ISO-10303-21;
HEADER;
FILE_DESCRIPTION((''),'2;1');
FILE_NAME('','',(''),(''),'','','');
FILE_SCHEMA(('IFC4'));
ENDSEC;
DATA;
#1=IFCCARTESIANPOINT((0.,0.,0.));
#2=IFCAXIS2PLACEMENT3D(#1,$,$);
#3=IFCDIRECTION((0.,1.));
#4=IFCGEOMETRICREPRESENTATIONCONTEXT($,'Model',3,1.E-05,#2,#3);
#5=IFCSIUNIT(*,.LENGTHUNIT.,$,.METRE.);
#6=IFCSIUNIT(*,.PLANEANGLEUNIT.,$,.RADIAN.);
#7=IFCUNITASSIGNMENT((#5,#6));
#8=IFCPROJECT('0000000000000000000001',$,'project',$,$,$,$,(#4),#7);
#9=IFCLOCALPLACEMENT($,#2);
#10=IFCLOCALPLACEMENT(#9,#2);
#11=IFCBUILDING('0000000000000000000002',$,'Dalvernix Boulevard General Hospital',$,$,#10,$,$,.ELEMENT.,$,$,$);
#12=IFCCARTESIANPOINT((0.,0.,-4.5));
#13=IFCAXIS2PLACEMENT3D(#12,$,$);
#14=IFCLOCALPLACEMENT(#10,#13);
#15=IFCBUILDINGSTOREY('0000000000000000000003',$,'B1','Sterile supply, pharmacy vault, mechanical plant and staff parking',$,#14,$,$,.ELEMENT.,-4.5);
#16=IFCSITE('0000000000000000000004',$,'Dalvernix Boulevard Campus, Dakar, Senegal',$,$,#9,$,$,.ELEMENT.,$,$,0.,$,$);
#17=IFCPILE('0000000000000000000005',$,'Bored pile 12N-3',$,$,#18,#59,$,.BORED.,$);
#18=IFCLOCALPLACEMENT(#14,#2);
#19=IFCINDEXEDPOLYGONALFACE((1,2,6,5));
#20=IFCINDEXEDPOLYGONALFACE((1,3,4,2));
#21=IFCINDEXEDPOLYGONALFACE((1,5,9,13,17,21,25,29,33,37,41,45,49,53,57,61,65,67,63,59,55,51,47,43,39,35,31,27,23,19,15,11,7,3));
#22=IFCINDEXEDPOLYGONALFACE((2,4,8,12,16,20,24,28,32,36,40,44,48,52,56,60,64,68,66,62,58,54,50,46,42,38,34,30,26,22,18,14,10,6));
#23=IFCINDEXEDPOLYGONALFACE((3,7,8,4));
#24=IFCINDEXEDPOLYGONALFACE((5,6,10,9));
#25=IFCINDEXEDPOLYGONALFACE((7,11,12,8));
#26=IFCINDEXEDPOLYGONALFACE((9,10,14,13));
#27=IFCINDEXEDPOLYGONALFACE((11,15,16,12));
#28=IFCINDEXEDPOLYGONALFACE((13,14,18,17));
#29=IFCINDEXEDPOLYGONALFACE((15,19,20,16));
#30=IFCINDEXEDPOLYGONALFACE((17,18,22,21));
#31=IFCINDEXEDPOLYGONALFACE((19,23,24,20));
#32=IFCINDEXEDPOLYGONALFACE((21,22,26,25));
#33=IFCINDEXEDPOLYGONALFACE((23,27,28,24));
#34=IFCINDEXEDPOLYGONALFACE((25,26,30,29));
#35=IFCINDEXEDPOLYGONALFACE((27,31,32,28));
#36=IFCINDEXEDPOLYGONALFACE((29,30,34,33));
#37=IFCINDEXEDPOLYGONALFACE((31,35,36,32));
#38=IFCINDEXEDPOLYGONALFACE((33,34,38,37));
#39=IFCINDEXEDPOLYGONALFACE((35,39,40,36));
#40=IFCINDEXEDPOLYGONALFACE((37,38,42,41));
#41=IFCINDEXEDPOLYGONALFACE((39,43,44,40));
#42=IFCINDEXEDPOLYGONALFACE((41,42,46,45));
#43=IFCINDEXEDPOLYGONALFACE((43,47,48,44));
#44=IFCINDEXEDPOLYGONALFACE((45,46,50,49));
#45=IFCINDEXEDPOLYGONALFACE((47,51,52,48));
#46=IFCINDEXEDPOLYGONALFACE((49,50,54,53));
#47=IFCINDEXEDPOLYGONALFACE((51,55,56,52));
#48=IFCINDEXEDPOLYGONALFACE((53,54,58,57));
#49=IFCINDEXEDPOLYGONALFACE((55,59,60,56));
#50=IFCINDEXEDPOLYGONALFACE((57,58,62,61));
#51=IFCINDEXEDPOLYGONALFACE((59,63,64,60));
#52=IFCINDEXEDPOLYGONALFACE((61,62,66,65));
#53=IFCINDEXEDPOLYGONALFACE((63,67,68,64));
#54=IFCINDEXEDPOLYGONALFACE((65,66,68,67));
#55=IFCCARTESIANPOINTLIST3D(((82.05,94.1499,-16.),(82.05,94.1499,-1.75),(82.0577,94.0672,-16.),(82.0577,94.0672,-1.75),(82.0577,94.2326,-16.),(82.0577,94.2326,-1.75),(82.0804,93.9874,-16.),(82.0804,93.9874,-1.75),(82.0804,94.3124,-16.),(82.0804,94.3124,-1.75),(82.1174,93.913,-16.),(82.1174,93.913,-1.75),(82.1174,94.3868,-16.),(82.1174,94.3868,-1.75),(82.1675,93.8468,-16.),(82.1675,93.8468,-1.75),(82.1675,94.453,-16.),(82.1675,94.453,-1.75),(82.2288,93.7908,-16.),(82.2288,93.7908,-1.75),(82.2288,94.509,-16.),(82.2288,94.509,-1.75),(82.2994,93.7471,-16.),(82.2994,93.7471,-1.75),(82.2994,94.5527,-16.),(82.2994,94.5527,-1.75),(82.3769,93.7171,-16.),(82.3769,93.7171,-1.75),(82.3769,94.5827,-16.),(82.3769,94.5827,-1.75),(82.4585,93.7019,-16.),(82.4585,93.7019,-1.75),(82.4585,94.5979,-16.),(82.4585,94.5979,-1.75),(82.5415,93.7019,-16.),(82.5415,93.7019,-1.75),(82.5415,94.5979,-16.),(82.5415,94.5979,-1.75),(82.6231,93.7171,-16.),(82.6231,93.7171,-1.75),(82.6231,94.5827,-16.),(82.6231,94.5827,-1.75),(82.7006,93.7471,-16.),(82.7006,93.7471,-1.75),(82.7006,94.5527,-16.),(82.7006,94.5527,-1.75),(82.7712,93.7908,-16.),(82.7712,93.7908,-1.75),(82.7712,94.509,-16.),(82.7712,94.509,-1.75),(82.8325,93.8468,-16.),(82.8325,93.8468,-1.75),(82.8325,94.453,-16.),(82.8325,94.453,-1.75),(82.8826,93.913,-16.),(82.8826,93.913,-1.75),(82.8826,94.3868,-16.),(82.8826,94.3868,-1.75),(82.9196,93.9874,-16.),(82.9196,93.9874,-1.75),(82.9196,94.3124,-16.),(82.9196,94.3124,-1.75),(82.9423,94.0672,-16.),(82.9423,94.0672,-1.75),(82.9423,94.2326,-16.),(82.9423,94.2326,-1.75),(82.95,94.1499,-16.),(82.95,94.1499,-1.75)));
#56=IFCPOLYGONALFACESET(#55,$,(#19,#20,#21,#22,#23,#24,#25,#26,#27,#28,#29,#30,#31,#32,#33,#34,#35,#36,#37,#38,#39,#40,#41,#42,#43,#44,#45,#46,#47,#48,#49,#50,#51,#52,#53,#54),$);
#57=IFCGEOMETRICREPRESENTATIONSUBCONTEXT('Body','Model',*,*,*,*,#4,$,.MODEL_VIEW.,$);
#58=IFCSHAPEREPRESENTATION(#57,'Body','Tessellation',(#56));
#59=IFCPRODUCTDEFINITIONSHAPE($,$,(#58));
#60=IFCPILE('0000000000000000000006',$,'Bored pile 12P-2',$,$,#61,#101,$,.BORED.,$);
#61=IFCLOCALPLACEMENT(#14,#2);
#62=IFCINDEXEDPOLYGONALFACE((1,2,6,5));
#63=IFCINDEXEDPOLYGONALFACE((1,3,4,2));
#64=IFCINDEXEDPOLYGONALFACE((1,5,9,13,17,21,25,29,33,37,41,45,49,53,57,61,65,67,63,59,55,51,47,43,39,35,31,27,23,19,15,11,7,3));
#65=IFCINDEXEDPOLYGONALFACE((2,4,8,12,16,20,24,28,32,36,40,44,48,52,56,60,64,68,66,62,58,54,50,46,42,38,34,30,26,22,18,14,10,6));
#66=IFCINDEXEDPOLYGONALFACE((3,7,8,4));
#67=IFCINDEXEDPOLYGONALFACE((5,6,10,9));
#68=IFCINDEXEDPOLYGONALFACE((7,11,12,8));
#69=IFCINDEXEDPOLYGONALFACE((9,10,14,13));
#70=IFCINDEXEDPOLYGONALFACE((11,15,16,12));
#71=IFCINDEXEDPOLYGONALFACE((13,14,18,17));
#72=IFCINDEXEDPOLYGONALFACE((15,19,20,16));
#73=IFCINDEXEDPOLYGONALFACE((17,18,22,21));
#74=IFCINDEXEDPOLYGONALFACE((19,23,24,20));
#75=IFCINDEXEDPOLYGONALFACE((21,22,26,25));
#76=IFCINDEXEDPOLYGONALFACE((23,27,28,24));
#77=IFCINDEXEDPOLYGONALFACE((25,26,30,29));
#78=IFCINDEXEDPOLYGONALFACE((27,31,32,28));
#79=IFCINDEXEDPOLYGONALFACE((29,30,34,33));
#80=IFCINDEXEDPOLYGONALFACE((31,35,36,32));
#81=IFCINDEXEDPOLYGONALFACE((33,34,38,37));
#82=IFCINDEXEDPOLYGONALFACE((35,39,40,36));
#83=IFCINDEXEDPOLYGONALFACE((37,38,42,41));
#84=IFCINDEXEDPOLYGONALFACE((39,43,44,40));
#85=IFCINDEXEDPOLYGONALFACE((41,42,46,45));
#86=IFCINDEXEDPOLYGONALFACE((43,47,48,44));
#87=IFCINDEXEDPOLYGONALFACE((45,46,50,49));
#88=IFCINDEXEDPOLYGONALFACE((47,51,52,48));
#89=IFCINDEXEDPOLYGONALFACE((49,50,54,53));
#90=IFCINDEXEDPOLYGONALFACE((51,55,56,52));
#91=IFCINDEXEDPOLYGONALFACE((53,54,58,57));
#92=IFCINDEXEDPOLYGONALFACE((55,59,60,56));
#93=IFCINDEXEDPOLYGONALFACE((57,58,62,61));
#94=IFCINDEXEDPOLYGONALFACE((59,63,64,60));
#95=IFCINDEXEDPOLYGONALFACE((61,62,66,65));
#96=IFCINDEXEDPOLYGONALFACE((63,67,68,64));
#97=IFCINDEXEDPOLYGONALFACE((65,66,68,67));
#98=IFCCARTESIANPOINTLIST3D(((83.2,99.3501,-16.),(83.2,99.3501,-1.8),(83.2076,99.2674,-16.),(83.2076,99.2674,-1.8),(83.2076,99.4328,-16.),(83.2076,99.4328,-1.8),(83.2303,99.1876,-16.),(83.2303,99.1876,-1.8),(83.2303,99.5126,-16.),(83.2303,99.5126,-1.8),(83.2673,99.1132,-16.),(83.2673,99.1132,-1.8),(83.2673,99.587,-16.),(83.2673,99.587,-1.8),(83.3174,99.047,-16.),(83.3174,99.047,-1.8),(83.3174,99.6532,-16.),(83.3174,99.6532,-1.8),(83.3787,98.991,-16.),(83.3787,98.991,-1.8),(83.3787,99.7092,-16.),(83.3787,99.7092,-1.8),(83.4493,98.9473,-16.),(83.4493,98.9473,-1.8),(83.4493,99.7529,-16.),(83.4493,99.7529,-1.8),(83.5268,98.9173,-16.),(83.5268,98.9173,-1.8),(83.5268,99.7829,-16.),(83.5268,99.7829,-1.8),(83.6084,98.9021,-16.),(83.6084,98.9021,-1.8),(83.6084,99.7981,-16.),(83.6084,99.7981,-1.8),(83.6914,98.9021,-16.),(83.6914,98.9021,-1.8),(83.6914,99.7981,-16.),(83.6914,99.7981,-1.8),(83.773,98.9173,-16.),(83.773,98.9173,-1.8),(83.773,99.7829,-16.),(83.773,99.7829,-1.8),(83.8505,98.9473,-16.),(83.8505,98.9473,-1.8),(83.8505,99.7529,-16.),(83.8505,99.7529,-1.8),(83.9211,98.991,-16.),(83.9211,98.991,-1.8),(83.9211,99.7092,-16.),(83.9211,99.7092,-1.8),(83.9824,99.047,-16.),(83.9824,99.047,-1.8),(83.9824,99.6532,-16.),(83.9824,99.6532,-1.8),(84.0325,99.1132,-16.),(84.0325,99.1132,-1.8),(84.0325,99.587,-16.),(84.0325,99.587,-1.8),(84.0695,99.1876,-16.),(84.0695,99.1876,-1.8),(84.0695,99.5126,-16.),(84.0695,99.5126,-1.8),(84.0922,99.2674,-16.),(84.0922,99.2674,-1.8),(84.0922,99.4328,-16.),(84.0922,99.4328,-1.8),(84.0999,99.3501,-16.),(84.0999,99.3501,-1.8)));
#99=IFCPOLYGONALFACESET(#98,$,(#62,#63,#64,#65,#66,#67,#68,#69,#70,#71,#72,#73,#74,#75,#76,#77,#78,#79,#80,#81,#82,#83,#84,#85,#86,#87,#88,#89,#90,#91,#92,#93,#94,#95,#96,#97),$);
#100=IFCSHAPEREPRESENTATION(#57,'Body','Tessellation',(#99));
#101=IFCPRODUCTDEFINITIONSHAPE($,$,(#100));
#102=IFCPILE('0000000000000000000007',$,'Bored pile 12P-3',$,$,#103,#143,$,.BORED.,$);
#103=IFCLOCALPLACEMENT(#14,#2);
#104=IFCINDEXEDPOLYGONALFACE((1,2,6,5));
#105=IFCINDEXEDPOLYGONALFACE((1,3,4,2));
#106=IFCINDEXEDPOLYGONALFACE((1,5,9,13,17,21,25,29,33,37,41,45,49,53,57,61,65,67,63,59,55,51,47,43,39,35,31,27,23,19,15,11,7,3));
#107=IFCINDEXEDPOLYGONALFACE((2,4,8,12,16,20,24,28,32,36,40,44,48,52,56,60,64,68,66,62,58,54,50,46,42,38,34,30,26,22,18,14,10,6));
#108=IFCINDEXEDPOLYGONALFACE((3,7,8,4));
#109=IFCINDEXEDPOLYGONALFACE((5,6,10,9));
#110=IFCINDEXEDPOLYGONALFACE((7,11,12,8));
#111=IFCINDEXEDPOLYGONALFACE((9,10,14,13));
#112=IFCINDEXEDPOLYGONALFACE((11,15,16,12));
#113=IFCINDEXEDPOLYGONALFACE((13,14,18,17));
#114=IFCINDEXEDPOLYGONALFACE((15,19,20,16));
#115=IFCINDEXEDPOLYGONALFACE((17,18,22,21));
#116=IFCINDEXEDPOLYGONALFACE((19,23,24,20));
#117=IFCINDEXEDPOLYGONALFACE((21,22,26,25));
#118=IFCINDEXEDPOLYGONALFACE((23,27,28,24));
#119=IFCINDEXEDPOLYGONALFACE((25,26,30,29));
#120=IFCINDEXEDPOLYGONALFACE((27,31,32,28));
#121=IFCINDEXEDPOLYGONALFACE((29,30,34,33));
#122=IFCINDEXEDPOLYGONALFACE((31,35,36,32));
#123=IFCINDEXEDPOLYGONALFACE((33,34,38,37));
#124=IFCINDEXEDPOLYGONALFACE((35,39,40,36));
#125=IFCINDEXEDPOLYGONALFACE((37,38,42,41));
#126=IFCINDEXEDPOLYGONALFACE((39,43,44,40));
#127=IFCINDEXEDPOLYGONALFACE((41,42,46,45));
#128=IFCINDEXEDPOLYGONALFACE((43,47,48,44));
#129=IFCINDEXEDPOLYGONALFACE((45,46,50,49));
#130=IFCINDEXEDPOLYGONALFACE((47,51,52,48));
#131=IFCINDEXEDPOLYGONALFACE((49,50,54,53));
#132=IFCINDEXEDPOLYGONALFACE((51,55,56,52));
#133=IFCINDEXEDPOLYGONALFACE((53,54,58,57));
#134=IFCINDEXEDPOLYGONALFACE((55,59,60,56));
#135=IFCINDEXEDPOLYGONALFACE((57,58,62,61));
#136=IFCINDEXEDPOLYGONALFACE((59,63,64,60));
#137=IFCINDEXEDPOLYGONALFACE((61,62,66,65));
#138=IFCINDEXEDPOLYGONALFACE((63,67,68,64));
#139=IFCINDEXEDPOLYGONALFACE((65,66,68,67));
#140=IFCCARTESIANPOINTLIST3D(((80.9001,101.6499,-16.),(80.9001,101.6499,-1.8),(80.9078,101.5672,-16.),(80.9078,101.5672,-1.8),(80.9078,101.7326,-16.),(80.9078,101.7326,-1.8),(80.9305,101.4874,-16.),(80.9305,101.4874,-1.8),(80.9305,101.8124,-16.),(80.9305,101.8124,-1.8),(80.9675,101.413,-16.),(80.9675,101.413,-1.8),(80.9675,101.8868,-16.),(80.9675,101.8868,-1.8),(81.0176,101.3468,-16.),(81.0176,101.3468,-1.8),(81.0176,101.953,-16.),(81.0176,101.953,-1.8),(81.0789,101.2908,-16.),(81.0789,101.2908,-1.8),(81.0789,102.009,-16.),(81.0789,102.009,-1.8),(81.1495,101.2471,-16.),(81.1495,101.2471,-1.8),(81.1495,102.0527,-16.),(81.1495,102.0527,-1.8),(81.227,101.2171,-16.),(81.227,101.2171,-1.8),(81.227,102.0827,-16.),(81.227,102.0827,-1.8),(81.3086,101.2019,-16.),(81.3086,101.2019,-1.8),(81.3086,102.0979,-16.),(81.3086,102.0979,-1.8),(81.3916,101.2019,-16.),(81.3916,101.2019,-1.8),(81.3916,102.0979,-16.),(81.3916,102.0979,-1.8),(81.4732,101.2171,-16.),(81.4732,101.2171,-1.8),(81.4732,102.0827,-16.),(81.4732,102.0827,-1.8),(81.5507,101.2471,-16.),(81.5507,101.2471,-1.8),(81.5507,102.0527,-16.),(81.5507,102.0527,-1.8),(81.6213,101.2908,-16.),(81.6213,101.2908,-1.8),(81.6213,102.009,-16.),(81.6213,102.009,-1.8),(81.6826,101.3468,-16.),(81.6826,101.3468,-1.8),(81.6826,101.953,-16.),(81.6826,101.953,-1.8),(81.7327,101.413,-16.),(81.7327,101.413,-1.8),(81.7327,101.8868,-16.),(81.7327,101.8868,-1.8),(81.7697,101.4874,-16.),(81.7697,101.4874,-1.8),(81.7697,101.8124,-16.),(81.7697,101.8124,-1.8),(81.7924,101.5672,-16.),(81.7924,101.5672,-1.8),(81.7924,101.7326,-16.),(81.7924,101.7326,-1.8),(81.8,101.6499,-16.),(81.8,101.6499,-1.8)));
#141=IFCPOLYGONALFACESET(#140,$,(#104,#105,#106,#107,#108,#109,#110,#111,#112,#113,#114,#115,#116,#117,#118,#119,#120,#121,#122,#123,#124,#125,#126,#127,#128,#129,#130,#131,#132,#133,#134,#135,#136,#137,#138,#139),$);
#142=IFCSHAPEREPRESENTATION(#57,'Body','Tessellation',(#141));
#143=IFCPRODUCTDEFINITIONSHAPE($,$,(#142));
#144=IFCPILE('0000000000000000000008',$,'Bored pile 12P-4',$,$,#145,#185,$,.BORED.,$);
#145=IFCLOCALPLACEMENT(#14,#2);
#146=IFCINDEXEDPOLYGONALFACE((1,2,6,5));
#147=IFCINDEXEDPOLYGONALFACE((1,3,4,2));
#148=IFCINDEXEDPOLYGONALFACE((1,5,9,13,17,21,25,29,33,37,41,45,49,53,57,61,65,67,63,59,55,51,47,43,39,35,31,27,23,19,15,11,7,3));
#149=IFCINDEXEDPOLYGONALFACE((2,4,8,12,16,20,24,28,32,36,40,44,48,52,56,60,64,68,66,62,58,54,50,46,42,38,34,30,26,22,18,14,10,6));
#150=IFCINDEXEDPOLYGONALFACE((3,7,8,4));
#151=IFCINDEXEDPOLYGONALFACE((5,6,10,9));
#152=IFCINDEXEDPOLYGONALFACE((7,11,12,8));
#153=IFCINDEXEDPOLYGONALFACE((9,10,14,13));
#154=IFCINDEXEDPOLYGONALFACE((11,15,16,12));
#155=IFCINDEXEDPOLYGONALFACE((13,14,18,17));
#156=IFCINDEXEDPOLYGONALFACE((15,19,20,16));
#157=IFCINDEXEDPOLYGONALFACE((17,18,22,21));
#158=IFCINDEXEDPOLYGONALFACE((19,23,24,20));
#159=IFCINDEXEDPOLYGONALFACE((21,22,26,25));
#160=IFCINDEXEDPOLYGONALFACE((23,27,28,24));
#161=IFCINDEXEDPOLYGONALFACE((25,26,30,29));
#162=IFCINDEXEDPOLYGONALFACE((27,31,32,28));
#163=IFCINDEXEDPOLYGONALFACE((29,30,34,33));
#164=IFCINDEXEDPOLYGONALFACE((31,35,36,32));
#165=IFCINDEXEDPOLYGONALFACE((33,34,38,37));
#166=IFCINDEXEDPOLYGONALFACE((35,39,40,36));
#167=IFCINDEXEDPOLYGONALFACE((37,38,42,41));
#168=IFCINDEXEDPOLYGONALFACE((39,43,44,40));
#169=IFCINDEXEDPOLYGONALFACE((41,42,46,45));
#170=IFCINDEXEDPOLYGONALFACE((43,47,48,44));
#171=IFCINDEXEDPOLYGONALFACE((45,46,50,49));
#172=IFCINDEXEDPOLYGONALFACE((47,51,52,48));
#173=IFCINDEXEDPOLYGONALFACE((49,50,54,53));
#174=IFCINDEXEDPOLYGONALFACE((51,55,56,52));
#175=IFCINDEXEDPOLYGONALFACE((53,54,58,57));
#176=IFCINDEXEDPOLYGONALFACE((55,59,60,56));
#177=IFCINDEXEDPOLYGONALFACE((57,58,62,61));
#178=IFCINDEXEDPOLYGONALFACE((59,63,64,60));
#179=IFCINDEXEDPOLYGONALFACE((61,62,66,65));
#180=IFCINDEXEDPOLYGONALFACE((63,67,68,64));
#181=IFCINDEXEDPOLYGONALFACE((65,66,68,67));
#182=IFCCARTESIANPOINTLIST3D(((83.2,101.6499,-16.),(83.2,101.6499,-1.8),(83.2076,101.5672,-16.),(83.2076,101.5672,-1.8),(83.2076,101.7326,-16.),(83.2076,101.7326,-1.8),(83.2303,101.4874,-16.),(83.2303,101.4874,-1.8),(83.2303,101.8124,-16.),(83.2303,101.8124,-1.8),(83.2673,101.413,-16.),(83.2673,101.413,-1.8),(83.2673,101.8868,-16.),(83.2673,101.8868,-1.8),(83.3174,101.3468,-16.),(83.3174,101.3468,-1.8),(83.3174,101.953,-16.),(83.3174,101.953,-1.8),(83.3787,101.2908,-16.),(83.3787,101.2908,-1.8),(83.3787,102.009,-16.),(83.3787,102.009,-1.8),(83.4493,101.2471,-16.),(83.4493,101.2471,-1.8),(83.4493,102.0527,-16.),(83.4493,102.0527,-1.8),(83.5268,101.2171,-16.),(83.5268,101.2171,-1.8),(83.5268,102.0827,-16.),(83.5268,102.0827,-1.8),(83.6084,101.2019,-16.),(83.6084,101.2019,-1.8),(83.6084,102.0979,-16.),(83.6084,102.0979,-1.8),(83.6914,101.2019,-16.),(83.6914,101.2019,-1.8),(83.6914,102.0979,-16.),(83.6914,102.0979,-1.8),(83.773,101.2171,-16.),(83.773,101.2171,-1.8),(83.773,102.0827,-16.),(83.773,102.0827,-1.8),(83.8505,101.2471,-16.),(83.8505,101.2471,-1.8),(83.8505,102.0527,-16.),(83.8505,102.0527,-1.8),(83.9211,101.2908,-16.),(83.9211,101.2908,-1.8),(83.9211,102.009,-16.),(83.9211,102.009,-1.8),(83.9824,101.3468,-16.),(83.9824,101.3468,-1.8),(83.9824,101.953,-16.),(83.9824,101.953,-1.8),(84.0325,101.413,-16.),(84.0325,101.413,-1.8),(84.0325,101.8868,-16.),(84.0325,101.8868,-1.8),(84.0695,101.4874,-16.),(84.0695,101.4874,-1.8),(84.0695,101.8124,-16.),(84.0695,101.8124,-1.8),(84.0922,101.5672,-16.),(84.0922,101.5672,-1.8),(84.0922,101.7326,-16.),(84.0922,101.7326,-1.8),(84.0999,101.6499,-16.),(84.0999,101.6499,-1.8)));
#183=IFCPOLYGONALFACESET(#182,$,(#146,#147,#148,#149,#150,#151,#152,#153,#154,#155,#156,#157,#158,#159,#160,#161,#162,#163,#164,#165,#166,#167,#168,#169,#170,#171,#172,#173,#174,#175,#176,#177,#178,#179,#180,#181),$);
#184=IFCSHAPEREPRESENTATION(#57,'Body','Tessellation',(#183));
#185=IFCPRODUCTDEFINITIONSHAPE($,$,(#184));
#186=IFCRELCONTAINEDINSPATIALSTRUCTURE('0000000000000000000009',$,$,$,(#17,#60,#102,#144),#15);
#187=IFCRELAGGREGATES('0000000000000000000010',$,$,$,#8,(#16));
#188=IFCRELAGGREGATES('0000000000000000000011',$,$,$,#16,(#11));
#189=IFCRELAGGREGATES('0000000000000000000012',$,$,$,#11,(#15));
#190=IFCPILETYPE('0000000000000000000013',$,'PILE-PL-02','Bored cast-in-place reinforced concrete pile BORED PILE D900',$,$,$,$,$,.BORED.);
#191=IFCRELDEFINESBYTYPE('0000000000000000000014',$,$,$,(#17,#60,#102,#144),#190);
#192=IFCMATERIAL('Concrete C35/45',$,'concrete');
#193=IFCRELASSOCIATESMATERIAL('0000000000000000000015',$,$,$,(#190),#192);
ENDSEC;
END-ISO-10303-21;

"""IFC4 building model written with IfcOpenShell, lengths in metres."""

from ifc_helpers import new_model, si_unit, direction, frame, origin, origin_2d, place, context, subcontext, project, spatial, circle, extrude, material, material_profile, profile_set, type_object, element, save


model = new_model("IFC4")

# Units and contexts
model_context = context("Model", 3, precision=1e-05, world=origin(), true_north=direction((0.0, 1.0)))
body_context = subcontext(model_context, "Body", "Model", "MODEL_VIEW")
ifc_project = project(units=[si_unit("LENGTHUNIT", "METRE"), si_unit("PLANEANGLEUNIT", "RADIAN")], contexts=[model_context])

# Site, building, storey
site_placement = place(None, origin())
site = spatial("IfcSite", under=ifc_project, at=site_placement, Name="Dalvernix Boulevard Campus, Dakar, Senegal", CompositionType="ELEMENT", RefElevation=0.0)
building_placement = place(site_placement, origin())
building = spatial("IfcBuilding", under=site, at=building_placement, Name="Dalvernix Boulevard General Hospital", CompositionType="ELEMENT")
storey_placement = place(building_placement, frame((0.0, 0.0, -4.5)))
storey = spatial("IfcBuildingStorey", under=building, at=storey_placement, Name="B1", Description="Sterile supply, pharmacy vault, mechanical plant and staff parking", CompositionType="ELEMENT", Elevation=-4.5)

# Shared definitions
ifc_material_1 = material(Name="Concrete C35/45", Category="concrete")

# Piles
ifc_material_profile_1 = material_profile(ifc_material_1, circle(Radius=0.45, at=origin_2d()), Name="BORED PILE D900")
ifc_profile_set_1 = profile_set([ifc_material_profile_1], Name="Concrete C35/45")
pile_type_1 = type_object("IfcPileType", Name="PILE-PL-02", Description="Bored cast-in-place reinforced concrete pile BORED PILE D900", PredefinedType="BORED", material=ifc_profile_set_1)
pile_1_placement = place(storey_placement, frame((82.5, 94.1499, -1.75), z_axis=(0.0, 0.0, -1.0), x_axis=(1.0, 0.0, 0.0)))
element("IfcPile", 1, at=pile_1_placement, inside=storey, type_object=pile_type_1, Name="Bored pile 12N-3", PredefinedType="BORED", context=body_context, shape_type="SweptSolid", body=[
    extrude(circle(Radius=0.45, at=origin_2d()), origin(), (0.0, 0.0, 1.0), 14.25),
])
for number, where, z_axis, x_axis, name in (
    (2, (83.6499, 99.3501, -1.8), (0.0, 0.0, -1.0), (1.0, 0.0, 0.0), "Bored pile 12P-2"),
    (3, (81.3501, 101.6499, -1.8), (0.0, 0.0, -1.0), (1.0, 0.0, 0.0), "Bored pile 12P-3"),
    (4, (83.6499, 101.6499, -1.8), (0.0, 0.0, -1.0), (1.0, 0.0, 0.0), "Bored pile 12P-4"),
):
    element("IfcPile", number, at=place(storey_placement, frame(where, z_axis=z_axis, x_axis=x_axis)), inside=storey, type_object=pile_type_1, Name=name, PredefinedType="BORED", context=body_context, shape_type="SweptSolid", body=[
        extrude(circle(Radius=0.45, at=origin_2d()), origin(), (0.0, 0.0, 1.0), 14.2),
    ])

save(model, "model.ifc")
